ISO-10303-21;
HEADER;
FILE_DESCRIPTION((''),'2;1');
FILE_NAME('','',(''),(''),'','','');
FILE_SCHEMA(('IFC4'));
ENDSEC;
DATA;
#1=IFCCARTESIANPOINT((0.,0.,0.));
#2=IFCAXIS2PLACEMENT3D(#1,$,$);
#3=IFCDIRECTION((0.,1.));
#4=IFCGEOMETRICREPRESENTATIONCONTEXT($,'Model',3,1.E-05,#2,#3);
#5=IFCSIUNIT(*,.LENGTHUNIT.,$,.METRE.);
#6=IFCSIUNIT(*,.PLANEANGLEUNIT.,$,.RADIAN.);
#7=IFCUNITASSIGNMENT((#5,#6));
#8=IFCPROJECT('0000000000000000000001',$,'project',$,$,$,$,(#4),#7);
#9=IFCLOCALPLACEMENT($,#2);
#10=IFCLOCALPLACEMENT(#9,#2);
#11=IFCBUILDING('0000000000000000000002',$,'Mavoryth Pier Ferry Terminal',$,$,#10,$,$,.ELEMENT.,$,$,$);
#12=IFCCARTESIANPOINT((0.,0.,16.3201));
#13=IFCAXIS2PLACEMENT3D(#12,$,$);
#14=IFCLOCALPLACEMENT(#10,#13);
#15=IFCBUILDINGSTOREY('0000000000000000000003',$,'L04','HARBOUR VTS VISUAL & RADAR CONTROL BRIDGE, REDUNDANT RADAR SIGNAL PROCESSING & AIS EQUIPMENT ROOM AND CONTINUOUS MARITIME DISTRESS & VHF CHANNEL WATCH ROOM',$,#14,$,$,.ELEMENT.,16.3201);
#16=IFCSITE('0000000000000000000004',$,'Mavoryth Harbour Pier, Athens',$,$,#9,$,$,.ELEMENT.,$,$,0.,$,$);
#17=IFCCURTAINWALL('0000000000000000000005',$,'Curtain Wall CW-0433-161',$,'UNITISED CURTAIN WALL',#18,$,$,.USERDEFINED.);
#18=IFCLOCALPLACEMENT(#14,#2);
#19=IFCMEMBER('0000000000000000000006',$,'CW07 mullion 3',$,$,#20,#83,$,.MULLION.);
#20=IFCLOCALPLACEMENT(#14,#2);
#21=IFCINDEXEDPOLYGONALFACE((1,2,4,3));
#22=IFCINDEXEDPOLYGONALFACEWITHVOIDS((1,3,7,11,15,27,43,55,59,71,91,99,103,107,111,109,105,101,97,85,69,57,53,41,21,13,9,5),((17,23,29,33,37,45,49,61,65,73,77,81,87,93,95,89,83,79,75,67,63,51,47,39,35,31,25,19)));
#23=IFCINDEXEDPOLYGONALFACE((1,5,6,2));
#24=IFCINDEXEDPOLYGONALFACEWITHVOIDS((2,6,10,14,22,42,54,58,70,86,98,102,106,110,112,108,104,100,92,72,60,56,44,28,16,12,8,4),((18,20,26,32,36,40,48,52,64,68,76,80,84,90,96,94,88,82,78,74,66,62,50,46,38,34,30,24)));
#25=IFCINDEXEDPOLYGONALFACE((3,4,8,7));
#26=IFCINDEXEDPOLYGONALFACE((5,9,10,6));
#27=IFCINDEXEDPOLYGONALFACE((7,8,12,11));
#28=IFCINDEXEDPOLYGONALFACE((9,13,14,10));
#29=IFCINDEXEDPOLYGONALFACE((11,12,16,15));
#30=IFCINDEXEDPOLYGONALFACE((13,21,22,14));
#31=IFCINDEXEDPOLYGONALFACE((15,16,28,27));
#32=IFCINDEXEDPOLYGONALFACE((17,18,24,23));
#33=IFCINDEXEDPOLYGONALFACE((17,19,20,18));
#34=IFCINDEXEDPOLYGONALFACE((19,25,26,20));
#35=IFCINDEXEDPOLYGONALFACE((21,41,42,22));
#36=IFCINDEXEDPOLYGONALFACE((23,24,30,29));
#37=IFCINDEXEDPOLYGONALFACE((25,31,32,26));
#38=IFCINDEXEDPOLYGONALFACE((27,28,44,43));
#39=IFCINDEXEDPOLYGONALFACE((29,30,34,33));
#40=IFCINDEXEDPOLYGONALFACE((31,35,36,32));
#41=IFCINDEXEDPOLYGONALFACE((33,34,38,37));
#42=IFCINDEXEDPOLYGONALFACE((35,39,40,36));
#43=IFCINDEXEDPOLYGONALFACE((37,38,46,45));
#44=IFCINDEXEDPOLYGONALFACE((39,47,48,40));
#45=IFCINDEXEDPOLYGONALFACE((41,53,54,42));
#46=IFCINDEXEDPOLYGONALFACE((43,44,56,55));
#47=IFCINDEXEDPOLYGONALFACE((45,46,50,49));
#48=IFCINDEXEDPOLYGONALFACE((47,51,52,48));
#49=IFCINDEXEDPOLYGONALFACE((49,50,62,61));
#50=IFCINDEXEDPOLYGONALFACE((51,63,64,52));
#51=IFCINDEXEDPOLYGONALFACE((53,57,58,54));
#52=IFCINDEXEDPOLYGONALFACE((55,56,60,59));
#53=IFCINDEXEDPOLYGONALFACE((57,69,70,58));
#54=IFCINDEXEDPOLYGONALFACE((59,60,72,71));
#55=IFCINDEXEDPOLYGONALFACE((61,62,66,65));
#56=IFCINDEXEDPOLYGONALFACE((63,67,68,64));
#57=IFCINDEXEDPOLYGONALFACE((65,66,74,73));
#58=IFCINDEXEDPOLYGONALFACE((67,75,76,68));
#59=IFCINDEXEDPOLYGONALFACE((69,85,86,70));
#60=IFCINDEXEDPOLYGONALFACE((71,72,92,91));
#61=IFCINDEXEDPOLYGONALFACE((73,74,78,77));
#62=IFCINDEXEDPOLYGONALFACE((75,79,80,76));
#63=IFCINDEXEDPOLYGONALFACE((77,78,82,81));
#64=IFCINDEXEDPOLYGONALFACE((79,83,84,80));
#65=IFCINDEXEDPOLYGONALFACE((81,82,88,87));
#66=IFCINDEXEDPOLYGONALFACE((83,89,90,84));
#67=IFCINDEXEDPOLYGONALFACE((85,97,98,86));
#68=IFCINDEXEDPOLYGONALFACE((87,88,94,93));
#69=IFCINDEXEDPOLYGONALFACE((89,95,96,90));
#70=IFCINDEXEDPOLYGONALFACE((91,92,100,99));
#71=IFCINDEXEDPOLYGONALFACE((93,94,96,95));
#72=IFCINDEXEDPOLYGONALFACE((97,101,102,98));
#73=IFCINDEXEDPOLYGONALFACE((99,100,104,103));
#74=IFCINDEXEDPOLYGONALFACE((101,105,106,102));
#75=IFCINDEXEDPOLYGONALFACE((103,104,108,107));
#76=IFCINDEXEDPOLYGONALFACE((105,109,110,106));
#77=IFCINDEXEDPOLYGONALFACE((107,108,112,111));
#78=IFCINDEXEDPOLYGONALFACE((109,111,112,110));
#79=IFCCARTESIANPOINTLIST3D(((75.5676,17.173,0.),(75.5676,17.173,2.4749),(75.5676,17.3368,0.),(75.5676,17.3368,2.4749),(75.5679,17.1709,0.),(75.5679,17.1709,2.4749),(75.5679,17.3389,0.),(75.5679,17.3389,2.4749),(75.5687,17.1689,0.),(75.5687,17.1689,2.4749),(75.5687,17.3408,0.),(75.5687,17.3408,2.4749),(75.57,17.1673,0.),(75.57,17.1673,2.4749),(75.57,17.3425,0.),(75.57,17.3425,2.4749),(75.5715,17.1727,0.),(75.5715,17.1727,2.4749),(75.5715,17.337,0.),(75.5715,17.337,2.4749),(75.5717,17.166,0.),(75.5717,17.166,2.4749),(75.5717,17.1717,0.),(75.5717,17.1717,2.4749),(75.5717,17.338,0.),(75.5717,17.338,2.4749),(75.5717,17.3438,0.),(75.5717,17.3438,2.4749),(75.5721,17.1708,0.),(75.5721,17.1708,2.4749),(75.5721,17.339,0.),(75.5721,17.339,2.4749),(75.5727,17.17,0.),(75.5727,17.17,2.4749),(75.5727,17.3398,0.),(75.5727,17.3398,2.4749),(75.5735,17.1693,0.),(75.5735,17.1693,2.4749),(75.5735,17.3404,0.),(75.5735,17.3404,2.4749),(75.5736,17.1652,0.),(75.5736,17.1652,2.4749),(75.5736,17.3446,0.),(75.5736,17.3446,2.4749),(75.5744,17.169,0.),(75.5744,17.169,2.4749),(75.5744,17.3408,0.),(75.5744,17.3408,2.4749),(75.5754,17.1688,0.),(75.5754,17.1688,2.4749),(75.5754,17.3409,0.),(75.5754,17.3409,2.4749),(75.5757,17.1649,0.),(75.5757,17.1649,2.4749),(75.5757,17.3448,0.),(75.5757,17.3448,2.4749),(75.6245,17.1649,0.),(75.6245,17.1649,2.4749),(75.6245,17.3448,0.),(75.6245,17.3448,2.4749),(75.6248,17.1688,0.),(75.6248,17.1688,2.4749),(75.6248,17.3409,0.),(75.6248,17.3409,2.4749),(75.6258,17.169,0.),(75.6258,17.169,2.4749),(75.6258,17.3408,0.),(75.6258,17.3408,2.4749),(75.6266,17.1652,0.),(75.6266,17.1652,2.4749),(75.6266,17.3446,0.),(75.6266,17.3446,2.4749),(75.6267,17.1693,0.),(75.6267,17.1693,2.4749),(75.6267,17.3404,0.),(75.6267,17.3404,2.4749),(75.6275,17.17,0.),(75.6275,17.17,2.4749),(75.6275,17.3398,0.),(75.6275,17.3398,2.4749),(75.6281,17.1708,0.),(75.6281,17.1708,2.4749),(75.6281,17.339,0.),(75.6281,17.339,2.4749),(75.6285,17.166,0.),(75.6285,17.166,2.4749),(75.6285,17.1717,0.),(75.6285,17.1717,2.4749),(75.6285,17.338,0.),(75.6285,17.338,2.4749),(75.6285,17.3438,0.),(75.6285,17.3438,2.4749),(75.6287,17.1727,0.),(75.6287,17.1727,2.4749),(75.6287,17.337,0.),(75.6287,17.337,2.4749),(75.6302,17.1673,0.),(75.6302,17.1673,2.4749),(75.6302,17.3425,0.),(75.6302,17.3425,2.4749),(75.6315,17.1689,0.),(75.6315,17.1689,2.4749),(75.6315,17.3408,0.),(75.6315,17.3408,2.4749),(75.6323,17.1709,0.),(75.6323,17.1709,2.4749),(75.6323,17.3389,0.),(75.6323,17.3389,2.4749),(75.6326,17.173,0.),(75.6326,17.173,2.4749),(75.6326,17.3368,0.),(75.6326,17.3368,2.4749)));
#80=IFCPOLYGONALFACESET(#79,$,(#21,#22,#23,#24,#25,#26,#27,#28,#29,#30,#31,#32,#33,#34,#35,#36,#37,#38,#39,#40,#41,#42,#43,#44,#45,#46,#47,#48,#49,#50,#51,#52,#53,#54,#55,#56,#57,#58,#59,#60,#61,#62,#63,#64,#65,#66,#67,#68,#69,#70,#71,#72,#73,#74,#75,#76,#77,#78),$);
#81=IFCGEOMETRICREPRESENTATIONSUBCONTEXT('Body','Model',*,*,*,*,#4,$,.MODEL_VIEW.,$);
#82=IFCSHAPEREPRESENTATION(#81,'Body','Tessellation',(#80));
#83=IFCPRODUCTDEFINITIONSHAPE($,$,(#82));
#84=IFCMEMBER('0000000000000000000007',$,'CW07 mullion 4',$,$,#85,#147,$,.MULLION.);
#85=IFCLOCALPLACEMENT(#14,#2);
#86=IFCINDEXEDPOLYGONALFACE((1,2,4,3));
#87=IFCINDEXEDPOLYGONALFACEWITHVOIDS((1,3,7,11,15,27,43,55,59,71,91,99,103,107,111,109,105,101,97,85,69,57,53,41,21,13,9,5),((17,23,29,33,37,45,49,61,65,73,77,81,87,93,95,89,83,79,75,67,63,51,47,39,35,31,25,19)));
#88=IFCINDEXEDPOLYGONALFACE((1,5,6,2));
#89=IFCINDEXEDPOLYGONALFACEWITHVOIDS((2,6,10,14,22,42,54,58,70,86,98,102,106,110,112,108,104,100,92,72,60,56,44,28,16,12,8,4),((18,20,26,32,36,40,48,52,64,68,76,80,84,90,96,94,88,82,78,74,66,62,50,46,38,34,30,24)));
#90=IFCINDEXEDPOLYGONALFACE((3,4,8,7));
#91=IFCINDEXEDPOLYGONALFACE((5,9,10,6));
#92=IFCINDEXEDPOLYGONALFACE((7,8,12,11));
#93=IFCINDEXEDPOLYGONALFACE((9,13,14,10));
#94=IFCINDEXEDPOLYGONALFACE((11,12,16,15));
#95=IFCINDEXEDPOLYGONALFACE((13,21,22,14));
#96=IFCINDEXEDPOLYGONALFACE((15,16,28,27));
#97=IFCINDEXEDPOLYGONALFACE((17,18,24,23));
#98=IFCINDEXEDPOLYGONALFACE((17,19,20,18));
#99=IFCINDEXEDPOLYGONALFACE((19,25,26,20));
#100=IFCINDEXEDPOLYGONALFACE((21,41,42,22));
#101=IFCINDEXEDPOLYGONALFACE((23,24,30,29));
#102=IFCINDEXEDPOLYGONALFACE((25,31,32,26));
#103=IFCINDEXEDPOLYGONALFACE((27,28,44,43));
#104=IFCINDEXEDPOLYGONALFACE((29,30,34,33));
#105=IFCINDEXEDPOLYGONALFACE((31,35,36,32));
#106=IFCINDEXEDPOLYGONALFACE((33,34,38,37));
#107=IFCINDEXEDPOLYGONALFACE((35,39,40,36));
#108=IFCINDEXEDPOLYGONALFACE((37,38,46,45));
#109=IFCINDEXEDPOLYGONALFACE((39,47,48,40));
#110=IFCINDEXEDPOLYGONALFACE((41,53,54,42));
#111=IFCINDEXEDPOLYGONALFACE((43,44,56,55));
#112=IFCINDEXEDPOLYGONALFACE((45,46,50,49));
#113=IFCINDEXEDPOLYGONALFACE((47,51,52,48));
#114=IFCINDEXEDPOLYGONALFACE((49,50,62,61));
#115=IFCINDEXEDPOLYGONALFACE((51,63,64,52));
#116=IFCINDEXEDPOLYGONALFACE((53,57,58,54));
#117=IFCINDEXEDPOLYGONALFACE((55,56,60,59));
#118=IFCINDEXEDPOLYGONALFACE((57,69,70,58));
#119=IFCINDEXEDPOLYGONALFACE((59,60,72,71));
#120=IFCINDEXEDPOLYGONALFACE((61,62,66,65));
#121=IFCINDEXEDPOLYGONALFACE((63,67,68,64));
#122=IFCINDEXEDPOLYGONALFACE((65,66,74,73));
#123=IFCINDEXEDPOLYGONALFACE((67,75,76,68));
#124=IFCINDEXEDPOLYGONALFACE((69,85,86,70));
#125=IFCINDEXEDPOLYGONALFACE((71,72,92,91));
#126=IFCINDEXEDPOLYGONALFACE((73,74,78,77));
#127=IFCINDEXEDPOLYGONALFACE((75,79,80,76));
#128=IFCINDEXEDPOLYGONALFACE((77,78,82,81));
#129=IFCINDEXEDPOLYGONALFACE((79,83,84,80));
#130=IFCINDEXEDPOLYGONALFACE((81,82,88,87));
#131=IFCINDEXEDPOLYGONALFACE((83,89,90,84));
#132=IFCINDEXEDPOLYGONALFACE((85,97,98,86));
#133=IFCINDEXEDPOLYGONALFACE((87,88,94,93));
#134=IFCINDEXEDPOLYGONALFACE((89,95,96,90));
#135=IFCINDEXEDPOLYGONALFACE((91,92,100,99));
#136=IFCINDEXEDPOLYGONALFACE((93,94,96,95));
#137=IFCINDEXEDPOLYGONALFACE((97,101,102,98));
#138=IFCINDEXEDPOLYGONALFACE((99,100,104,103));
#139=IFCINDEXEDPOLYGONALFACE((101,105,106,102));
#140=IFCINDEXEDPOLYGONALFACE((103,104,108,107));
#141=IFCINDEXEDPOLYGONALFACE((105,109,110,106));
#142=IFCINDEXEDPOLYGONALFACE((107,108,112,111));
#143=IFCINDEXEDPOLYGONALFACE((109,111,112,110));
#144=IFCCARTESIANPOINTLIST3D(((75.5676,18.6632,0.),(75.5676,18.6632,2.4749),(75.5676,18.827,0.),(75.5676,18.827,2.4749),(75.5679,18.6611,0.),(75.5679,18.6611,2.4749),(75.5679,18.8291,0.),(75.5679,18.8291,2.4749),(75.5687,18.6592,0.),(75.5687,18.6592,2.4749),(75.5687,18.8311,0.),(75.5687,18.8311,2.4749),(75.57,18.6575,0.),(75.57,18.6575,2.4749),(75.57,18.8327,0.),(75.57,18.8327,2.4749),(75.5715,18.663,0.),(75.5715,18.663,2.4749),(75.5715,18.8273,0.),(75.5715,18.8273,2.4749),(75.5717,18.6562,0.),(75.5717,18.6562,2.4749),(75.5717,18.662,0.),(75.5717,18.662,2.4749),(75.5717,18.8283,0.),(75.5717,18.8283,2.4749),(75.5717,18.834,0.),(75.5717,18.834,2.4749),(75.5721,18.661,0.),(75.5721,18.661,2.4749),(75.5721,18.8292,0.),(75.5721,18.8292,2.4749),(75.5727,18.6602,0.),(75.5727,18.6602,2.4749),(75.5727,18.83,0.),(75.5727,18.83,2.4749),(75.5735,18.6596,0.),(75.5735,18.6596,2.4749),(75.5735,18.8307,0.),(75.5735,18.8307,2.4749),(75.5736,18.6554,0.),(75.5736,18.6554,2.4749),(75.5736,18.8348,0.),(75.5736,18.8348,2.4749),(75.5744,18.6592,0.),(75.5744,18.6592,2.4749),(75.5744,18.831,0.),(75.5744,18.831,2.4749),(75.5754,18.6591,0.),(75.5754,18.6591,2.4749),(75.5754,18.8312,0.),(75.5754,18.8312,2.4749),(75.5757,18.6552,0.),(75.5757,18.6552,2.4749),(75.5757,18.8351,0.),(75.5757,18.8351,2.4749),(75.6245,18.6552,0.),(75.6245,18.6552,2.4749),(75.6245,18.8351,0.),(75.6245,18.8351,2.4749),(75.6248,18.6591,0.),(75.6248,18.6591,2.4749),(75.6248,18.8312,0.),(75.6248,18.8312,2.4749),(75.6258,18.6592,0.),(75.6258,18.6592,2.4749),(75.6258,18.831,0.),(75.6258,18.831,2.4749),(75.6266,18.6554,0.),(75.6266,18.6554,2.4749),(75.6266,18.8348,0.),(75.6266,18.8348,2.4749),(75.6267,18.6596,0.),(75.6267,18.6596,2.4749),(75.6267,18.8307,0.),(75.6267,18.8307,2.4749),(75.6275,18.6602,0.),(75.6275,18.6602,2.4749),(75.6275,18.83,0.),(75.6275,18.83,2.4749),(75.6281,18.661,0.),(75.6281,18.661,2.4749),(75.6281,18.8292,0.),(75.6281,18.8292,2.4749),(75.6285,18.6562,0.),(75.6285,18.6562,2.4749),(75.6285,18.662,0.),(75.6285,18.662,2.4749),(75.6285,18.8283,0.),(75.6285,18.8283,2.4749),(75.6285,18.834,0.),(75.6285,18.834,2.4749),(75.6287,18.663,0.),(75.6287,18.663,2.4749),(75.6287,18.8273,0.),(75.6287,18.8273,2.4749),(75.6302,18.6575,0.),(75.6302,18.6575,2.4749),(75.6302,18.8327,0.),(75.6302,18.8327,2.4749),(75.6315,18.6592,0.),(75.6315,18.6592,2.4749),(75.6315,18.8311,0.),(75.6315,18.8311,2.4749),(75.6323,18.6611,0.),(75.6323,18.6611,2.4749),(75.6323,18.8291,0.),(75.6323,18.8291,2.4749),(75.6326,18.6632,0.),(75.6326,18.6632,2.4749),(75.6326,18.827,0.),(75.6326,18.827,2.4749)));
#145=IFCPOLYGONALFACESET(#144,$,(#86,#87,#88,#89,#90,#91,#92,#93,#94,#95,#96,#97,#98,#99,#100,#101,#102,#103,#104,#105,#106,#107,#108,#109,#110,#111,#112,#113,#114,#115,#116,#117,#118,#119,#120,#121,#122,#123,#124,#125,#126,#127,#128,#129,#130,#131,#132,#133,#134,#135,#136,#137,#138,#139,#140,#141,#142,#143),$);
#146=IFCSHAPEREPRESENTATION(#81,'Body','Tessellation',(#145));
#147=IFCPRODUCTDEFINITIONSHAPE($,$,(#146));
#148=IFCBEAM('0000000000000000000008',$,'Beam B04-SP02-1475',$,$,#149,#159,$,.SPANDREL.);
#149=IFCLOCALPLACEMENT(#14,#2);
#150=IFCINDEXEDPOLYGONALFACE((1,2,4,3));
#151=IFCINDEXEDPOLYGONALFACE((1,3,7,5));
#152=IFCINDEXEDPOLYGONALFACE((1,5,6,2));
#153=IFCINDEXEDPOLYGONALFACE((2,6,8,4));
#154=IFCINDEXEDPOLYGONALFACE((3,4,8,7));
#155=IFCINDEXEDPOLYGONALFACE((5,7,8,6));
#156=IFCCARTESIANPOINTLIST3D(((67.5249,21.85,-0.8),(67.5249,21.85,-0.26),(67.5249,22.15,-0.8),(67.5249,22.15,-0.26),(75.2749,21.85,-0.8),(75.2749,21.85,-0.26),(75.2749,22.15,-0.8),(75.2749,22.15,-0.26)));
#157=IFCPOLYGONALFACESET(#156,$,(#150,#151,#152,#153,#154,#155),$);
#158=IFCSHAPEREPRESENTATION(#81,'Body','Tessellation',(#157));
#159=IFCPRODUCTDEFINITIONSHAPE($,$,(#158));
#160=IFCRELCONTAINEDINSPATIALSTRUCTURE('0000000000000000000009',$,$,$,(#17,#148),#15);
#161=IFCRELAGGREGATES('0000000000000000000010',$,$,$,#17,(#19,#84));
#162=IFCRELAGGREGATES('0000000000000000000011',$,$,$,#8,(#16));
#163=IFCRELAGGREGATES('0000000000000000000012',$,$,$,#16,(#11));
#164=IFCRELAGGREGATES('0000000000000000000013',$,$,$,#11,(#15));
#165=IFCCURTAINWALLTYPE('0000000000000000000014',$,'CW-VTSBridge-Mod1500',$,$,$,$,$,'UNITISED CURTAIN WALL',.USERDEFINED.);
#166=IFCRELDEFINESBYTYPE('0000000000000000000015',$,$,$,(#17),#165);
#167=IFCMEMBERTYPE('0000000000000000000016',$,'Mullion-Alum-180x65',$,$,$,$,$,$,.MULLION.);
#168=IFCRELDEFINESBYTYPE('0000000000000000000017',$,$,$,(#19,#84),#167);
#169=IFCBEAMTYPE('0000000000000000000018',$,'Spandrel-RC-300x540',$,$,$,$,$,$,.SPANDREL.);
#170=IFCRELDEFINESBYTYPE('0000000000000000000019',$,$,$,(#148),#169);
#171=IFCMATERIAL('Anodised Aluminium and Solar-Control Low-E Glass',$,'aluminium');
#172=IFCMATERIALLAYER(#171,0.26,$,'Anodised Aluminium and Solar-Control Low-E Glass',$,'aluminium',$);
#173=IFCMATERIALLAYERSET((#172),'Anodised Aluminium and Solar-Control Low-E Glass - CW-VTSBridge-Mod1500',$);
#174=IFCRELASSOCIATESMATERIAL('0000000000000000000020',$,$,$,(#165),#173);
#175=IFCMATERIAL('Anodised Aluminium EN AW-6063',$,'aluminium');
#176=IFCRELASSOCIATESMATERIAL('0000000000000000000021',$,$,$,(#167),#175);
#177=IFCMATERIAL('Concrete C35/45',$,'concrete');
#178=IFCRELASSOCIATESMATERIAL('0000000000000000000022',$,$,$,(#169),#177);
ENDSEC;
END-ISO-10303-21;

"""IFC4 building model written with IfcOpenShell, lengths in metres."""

from ifc_helpers import new_model, si_unit, direction, frame, origin, origin_2d, place, context, subcontext, project, spatial, rectangle, hollow_rectangle, extrude, material, layer, layer_set, material_profile, profile_set, type_object, element, aggregate, save


model = new_model("IFC4")

# Units and contexts
model_context = context("Model", 3, precision=1e-05, world=origin(), true_north=direction((0.0, 1.0)))
body_context = subcontext(model_context, "Body", "Model", "MODEL_VIEW")
ifc_project = project(units=[si_unit("LENGTHUNIT", "METRE"), si_unit("PLANEANGLEUNIT", "RADIAN")], contexts=[model_context])

# Site, building, storey
site_placement = place(None, origin())
site = spatial("IfcSite", under=ifc_project, at=site_placement, Name="Mavoryth Harbour Pier, Athens", CompositionType="ELEMENT", RefElevation=0.0)
building_placement = place(site_placement, origin())
building = spatial("IfcBuilding", under=site, at=building_placement, Name="Mavoryth Pier Ferry Terminal", CompositionType="ELEMENT")
storey_placement = place(building_placement, frame((0.0, 0.0, 16.3201)))
storey = spatial("IfcBuildingStorey", under=building, at=storey_placement, Name="L04", Description="HARBOUR VTS VISUAL & RADAR CONTROL BRIDGE, REDUNDANT RADAR SIGNAL PROCESSING & AIS EQUIPMENT ROOM AND CONTINUOUS MARITIME DISTRESS & VHF CHANNEL WATCH ROOM", CompositionType="ELEMENT", Elevation=16.3201)

# Shared definitions
ifc_material_1 = material(Name="Concrete C35/45", Category="concrete")

# Shared definitions
ifc_material_2 = material(Name="Anodised Aluminium and Solar-Control Low-E Glass", Category="aluminium")
ifc_layer_1 = layer(ifc_material_2, 0.26, Name="Anodised Aluminium and Solar-Control Low-E Glass", Category="aluminium")
ifc_layer_set_1 = layer_set([ifc_layer_1], Name="Anodised Aluminium and Solar-Control Low-E Glass - CW-VTSBridge-Mod1500")
curtain_wall_type = type_object("IfcCurtainWallType", Name="CW-VTSBridge-Mod1500", ElementType="UNITISED CURTAIN WALL", PredefinedType="USERDEFINED", material=ifc_layer_set_1)
ifc_material_3 = material(Name="Anodised Aluminium EN AW-6063", Category="aluminium")
ifc_material_profile_1 = material_profile(ifc_material_3, hollow_rectangle(XDim=0.0649, YDim=0.1799, WallThickness=0.0039, InnerFilletRadius=0.0039, OuterFilletRadius=0.0081, at=origin_2d()), Name="AL-MULL 180x65x4", Category="aluminium")
ifc_profile_set_1 = profile_set([ifc_material_profile_1], Name="Anodised Aluminium EN AW-6063 - AL-MULL 180x65x4")
member_type_1 = type_object("IfcMemberType", Name="Mullion-Alum-180x65", PredefinedType="MULLION", material=ifc_profile_set_1)

# Curtain wall, members
curtain_wall_1_placement = place(storey_placement, origin())
curtain_wall_1 = element("IfcCurtainWall", 1, at=curtain_wall_1_placement, inside=storey, type_object=curtain_wall_type, Name="Curtain Wall CW-0433-161", ObjectType="UNITISED CURTAIN WALL", PredefinedType="USERDEFINED")
member_1_placement = place(storey_placement, frame((75.6001, 17.2549, 0.0), z_axis=(0.0, 0.0, 1.0), x_axis=(-1.0, 0.0, 0.0)))
member_1 = element("IfcMember", 2, at=member_1_placement, type_object=member_type_1, Name="CW07 mullion 3", PredefinedType="MULLION", context=body_context, shape_type="SweptSolid", body=[
    extrude(hollow_rectangle(XDim=0.0649, YDim=0.1799, WallThickness=0.0039, InnerFilletRadius=0.0039, OuterFilletRadius=0.0081, at=origin_2d()), origin(), (0.0, 0.0, 1.0), 2.4749),
])
member_2_placement = place(storey_placement, frame((75.6001, 18.7451, 0.0), z_axis=(0.0, 0.0, 1.0), x_axis=(-1.0, 0.0, 0.0)))
member_2 = element("IfcMember", 3, at=member_2_placement, type_object=member_type_1, Name="CW07 mullion 4", PredefinedType="MULLION", context=body_context, shape_type="SweptSolid", body=[
    extrude(hollow_rectangle(XDim=0.0649, YDim=0.1799, WallThickness=0.0039, InnerFilletRadius=0.0039, OuterFilletRadius=0.0081, at=origin_2d()), origin(), (0.0, 0.0, 1.0), 2.4749),
])
aggregate(curtain_wall_1, [member_1, member_2])

# Beam
ifc_material_profile_2 = material_profile(ifc_material_1, rectangle(XDim=0.3, YDim=0.54, at=origin_2d()), Name="RC 300x540", Category="concrete")
ifc_profile_set_2 = profile_set([ifc_material_profile_2], Name="Concrete C35/45 - RC 300x540")
beam_type_1 = type_object("IfcBeamType", Name="Spandrel-RC-300x540", PredefinedType="SPANDREL", material=ifc_profile_set_2)
beam_1_placement = place(storey_placement, frame((67.5249, 22.0, -0.53), z_axis=(1.0, 0.0, 0.0), x_axis=(0.0, 1.0, 0.0)))
element("IfcBeam", 4, at=beam_1_placement, inside=storey, type_object=beam_type_1, Name="Beam B04-SP02-1475", PredefinedType="SPANDREL", context=body_context, shape_type="SweptSolid", body=[
    extrude(rectangle(XDim=0.3, YDim=0.54, at=origin_2d()), origin(), (0.0, 0.0, 1.0), 7.75),
])

save(model, "model.ifc")
